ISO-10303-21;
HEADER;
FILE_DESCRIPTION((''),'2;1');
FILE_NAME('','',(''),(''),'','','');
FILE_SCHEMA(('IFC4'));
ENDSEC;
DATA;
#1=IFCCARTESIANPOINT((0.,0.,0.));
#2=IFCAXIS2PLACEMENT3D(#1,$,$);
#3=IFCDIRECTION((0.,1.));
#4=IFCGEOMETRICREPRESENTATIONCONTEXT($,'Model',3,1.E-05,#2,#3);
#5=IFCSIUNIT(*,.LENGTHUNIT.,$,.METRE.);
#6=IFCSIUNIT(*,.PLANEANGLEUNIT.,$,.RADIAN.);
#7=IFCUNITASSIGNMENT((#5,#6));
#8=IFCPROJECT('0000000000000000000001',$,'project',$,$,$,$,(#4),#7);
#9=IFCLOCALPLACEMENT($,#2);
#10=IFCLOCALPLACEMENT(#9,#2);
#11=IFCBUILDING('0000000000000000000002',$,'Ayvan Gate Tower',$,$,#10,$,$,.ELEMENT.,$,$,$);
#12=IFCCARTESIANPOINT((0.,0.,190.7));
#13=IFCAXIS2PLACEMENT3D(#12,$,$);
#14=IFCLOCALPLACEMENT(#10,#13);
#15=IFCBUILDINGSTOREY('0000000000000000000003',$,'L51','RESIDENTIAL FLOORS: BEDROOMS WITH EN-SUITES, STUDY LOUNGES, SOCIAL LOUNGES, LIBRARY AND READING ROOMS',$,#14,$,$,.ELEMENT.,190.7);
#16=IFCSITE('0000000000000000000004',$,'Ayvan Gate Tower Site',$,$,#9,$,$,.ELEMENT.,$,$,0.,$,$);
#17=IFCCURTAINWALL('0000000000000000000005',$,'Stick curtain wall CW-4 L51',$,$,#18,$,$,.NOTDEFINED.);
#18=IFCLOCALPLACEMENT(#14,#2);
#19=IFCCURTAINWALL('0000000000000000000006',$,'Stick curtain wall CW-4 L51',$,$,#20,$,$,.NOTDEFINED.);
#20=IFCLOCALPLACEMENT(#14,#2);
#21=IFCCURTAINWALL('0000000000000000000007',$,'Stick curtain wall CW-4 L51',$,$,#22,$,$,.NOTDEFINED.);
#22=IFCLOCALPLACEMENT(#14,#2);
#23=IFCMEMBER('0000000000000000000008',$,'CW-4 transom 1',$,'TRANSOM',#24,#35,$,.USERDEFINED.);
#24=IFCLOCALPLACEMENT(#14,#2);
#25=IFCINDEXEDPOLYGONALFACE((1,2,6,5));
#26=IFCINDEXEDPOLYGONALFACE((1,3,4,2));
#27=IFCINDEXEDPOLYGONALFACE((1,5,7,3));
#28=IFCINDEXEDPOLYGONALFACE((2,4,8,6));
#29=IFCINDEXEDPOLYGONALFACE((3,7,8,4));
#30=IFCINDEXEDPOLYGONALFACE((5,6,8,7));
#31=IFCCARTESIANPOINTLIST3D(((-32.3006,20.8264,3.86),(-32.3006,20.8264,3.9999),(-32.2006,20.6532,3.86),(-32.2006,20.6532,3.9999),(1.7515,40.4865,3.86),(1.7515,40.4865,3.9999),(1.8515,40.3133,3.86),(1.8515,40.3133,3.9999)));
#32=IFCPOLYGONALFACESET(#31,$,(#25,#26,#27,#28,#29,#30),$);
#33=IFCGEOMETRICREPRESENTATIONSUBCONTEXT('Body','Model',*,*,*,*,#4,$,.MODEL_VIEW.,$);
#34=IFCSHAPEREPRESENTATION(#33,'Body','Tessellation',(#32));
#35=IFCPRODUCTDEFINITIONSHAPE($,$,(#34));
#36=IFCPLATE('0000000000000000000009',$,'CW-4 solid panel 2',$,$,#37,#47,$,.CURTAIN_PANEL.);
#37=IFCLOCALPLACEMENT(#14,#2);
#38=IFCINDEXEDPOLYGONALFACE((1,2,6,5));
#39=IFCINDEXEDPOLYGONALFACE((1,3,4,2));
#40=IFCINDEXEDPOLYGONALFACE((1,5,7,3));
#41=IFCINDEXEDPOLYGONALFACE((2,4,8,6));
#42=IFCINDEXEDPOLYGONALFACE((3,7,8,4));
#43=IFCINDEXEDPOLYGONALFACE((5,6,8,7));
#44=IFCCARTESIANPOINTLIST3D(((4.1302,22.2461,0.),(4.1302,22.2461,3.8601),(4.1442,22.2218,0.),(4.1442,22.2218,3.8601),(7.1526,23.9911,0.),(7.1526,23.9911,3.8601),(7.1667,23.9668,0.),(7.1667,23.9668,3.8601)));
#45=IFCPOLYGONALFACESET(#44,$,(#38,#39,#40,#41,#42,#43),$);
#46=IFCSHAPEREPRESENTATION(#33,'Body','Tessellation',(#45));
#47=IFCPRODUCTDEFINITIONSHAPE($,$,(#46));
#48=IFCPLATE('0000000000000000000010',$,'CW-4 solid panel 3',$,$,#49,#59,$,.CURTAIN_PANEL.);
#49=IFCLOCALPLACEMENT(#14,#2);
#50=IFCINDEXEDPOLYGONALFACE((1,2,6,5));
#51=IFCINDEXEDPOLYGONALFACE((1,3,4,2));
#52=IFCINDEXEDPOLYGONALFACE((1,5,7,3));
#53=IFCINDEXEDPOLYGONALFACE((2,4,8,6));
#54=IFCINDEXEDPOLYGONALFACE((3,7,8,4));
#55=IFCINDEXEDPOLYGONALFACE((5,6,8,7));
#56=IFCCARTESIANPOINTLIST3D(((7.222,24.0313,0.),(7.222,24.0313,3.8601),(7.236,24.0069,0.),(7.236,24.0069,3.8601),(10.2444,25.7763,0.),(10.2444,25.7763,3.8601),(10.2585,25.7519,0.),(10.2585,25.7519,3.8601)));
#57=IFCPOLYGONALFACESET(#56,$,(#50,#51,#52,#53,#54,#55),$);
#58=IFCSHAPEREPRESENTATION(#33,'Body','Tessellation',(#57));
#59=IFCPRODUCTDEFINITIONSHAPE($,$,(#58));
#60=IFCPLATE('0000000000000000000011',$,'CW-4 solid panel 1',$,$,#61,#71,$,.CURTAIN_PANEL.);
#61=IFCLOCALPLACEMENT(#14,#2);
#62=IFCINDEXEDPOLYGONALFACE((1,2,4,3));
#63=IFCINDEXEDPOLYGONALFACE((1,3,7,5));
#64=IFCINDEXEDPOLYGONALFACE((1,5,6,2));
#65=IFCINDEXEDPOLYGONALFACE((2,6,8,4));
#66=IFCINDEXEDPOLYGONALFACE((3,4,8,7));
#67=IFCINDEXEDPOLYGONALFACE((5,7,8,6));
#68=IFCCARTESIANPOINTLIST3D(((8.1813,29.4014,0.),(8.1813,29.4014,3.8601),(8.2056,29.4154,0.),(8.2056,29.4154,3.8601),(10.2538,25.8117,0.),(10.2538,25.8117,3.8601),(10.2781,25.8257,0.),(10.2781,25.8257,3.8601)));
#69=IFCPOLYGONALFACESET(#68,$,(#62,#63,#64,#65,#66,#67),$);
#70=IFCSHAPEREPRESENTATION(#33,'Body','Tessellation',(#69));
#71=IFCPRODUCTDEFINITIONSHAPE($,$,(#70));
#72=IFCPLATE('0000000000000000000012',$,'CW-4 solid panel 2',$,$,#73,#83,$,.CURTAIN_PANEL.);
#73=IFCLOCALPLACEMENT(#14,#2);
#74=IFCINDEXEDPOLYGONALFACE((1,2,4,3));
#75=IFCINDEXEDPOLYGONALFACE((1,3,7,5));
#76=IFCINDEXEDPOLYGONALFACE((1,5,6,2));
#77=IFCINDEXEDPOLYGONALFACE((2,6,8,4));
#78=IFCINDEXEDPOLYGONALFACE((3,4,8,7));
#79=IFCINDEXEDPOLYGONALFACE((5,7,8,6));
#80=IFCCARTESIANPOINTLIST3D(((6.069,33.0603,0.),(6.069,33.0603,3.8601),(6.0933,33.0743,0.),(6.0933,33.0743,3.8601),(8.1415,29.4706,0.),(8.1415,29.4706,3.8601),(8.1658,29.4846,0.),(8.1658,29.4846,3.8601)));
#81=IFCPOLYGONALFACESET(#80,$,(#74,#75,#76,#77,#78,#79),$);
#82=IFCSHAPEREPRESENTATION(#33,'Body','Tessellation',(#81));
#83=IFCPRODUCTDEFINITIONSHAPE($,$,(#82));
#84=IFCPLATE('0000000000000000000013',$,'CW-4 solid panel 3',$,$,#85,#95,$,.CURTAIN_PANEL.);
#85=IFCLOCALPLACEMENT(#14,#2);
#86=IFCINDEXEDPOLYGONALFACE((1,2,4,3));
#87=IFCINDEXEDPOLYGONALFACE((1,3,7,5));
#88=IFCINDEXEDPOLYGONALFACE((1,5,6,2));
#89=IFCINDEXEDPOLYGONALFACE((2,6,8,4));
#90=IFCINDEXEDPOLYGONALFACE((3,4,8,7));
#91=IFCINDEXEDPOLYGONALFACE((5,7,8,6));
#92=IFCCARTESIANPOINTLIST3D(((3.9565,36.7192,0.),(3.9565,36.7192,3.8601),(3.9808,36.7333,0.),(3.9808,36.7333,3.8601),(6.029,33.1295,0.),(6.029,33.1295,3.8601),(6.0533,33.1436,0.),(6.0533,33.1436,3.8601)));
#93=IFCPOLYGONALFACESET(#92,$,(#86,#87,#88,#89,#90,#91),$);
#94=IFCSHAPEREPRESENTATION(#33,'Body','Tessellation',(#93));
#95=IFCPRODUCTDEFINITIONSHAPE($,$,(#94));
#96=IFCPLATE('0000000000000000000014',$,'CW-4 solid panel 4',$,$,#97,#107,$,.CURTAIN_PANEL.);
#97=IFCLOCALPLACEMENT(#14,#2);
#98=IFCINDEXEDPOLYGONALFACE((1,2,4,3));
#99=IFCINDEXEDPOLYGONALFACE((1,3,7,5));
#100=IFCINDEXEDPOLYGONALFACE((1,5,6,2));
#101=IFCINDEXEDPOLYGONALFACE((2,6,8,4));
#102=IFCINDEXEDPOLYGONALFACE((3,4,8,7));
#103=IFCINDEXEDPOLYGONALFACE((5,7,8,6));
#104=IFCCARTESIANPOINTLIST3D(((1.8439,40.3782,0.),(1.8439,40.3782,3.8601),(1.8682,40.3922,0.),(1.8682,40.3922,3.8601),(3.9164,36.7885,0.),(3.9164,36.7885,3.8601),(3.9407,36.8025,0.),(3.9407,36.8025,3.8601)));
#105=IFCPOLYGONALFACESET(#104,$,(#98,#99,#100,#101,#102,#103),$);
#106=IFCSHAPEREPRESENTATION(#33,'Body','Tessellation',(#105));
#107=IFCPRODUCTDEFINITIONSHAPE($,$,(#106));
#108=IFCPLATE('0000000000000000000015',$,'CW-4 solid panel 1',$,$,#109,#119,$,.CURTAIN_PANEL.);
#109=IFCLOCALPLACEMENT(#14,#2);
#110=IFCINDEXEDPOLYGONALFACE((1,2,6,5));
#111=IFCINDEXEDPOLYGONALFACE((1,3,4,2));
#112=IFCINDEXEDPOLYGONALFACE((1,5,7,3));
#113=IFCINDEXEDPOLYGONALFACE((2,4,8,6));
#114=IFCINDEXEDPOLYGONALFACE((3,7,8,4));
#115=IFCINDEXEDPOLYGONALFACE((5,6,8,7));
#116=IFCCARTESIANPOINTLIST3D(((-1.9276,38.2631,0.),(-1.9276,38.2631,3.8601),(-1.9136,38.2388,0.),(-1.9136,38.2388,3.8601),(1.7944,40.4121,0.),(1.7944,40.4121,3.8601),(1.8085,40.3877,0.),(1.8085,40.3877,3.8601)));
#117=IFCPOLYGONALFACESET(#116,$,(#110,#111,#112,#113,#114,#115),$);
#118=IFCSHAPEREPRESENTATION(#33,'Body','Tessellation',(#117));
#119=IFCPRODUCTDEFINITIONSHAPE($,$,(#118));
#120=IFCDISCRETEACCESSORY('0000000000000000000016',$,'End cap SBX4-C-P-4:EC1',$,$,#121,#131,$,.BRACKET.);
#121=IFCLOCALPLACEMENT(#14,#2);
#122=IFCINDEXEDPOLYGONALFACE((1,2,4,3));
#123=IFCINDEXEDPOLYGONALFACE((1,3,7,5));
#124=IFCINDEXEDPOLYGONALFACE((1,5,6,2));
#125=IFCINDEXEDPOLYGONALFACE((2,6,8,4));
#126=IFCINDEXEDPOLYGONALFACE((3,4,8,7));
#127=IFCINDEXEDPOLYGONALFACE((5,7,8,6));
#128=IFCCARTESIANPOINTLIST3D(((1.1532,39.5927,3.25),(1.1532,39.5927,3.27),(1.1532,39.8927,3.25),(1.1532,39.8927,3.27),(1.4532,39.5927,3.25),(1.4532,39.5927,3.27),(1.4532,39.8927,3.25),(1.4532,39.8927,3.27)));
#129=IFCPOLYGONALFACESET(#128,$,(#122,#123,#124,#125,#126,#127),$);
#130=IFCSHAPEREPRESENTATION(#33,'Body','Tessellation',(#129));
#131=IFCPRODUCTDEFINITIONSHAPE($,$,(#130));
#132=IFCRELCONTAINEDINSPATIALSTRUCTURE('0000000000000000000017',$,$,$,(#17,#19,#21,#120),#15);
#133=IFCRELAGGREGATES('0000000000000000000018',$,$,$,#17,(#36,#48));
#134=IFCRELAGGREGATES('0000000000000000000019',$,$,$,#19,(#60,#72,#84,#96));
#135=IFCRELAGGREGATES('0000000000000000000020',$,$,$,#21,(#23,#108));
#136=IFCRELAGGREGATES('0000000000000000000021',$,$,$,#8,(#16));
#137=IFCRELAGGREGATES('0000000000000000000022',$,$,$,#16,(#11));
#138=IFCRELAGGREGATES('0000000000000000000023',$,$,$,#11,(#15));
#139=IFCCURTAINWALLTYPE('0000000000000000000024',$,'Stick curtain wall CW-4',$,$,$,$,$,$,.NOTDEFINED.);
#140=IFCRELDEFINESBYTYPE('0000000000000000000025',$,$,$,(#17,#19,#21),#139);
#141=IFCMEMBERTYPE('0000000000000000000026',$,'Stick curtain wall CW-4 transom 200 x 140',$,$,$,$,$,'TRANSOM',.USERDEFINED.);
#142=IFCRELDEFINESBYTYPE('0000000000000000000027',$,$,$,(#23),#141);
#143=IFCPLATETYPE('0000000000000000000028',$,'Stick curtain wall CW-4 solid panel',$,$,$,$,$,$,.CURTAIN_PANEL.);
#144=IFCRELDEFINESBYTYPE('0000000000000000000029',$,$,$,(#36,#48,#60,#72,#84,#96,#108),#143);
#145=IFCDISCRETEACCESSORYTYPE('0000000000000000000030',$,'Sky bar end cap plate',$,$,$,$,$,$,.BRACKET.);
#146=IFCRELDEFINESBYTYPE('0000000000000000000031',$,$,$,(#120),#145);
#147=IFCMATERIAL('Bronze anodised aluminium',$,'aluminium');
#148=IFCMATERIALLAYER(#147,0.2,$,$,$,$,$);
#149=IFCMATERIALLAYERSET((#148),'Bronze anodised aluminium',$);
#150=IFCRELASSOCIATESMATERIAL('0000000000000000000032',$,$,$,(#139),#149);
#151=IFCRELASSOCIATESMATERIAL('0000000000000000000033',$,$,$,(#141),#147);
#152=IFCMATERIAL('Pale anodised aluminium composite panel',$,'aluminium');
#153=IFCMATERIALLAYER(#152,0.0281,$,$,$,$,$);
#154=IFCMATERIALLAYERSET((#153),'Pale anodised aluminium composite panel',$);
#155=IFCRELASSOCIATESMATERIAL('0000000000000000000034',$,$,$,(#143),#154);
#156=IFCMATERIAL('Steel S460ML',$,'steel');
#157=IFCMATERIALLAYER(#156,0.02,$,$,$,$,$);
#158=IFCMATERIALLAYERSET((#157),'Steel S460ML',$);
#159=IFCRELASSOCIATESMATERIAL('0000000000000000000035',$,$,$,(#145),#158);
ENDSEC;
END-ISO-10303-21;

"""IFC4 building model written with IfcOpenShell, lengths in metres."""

from ifc_helpers import new_model, si_unit, direction, frame, origin, origin_2d, place, context, subcontext, project, spatial, rectangle, extrude, material, layer, layer_set, material_profile, profile_set, type_object, element, aggregate, save


model = new_model("IFC4")

# Units and contexts
model_context = context("Model", 3, precision=1e-05, world=origin(), true_north=direction((0.0, 1.0)))
body_context = subcontext(model_context, "Body", "Model", "MODEL_VIEW")
ifc_project = project(units=[si_unit("LENGTHUNIT", "METRE"), si_unit("PLANEANGLEUNIT", "RADIAN")], contexts=[model_context])

# Site, building, storey
site_placement = place(None, origin())
site = spatial("IfcSite", under=ifc_project, at=site_placement, Name="Ayvan Gate Tower Site", CompositionType="ELEMENT", RefElevation=0.0)
building_placement = place(site_placement, origin())
building = spatial("IfcBuilding", under=site, at=building_placement, Name="Ayvan Gate Tower", CompositionType="ELEMENT")
storey_placement = place(building_placement, frame((0.0, 0.0, 190.7)))
storey = spatial("IfcBuildingStorey", under=building, at=storey_placement, Name="L51", Description="RESIDENTIAL FLOORS: BEDROOMS WITH EN-SUITES, STUDY LOUNGES, SOCIAL LOUNGES, LIBRARY AND READING ROOMS", CompositionType="ELEMENT", Elevation=190.7)

# Curtain walls
ifc_material_1 = material(Name="Bronze anodised aluminium", Category="aluminium")
ifc_layer_1 = layer(ifc_material_1, 0.2)
ifc_layer_set_1 = layer_set([ifc_layer_1], Name="Bronze anodised aluminium")
curtain_wall_type = type_object("IfcCurtainWallType", Name="Stick curtain wall CW-4", PredefinedType="NOTDEFINED", material=ifc_layer_set_1)
curtain_wall_1_placement = place(storey_placement, origin())
curtain_wall_1 = element("IfcCurtainWall", 1, at=curtain_wall_1_placement, inside=storey, type_object=curtain_wall_type, Name="Stick curtain wall CW-4 L51", PredefinedType="NOTDEFINED")
curtain_wall_2_placement = place(storey_placement, origin())
curtain_wall_2 = element("IfcCurtainWall", 2, at=curtain_wall_2_placement, inside=storey, type_object=curtain_wall_type, Name="Stick curtain wall CW-4 L51", PredefinedType="NOTDEFINED")

# Curtain wall
curtain_wall_3_placement = place(storey_placement, origin())
curtain_wall_3 = element("IfcCurtainWall", 3, at=curtain_wall_3_placement, inside=storey, type_object=curtain_wall_type, Name="Stick curtain wall CW-4 L51", PredefinedType="NOTDEFINED")

# Member
ifc_material_profile_1 = material_profile(ifc_material_1, rectangle(XDim=0.2, YDim=0.1399, at=origin_2d()), Name="Stick curtain wall CW-4 transom 200 x 140")
ifc_profile_set_1 = profile_set([ifc_material_profile_1], Name="Bronze anodised aluminium")
member_type_1 = type_object("IfcMemberType", Name="Stick curtain wall CW-4 transom 200 x 140", ElementType="TRANSOM", PredefinedType="USERDEFINED", material=ifc_profile_set_1)
member_1_placement = place(storey_placement, frame((1.8015, 40.3999, 3.9299), z_axis=(-0.866024, -0.500002, 0.0), x_axis=(0.500002, -0.866024, 0.0)))
member_1 = element("IfcMember", 4, at=member_1_placement, type_object=member_type_1, Name="CW-4 transom 1", ObjectType="TRANSOM", PredefinedType="USERDEFINED", context=body_context, shape_type="SweptSolid", body=[
    extrude(rectangle(XDim=0.2, YDim=0.1399, at=origin_2d()), origin(), (0.0, 0.0, 1.0), 39.3201),
])

# Plates
ifc_material_2 = material(Name="Pale anodised aluminium composite panel", Category="aluminium")
ifc_layer_2 = layer(ifc_material_2, 0.0281)
ifc_layer_set_2 = layer_set([ifc_layer_2], Name="Pale anodised aluminium composite panel")
plate_type = type_object("IfcPlateType", Name="Stick curtain wall CW-4 solid panel", PredefinedType="CURTAIN_PANEL", material=ifc_layer_set_2)
plate_1_placement = place(storey_placement, frame((5.6484, 23.1064, 0.0), z_axis=(0.0, 0.0, 1.0), x_axis=(0.866025, 0.5, 0.0)))
plate_1 = element("IfcPlate", 5, at=plate_1_placement, type_object=plate_type, Name="CW-4 solid panel 2", PredefinedType="CURTAIN_PANEL", context=body_context, shape_type="SweptSolid", body=[
    extrude(rectangle(XDim=3.49, YDim=0.0281, at=origin_2d()), origin(), (0.0, 0.0, 1.0), 3.8601),
])
plate_2_placement = place(storey_placement, frame((8.7402, 24.8916, 0.0), z_axis=(0.0, 0.0, 1.0), x_axis=(0.866025, 0.5, 0.0)))
plate_2 = element("IfcPlate", 6, at=plate_2_placement, type_object=plate_type, Name="CW-4 solid panel 3", PredefinedType="CURTAIN_PANEL", context=body_context, shape_type="SweptSolid", body=[
    extrude(rectangle(XDim=3.49, YDim=0.0281, at=origin_2d()), origin(), (0.0, 0.0, 1.0), 3.8601),
])
aggregate(curtain_wall_1, [plate_1, plate_2])
plate_3_placement = place(storey_placement, frame((9.2297, 27.6135, 0.0), z_axis=(0.0, 0.0, 1.0), x_axis=(-0.5, 0.866025, 0.0)))
plate_3 = element("IfcPlate", 7, at=plate_3_placement, type_object=plate_type, Name="CW-4 solid panel 1", PredefinedType="CURTAIN_PANEL", context=body_context, shape_type="SweptSolid", body=[
    extrude(rectangle(XDim=4.145, YDim=0.0281, at=origin_2d()), origin(), (0.0, 0.0, 1.0), 3.8601),
])
plate_4_placement = place(storey_placement, frame((7.1174, 31.2725, 0.0), z_axis=(0.0, 0.0, 1.0), x_axis=(-0.5, 0.866025, 0.0)))
plate_4 = element("IfcPlate", 8, at=plate_4_placement, type_object=plate_type, Name="CW-4 solid panel 2", PredefinedType="CURTAIN_PANEL", context=body_context, shape_type="SweptSolid", body=[
    extrude(rectangle(XDim=4.145, YDim=0.0281, at=origin_2d()), origin(), (0.0, 0.0, 1.0), 3.8601),
])
plate_5_placement = place(storey_placement, frame((5.0049, 34.9314, 0.0), z_axis=(0.0, 0.0, 1.0), x_axis=(-0.5, 0.866025, 0.0)))
plate_5 = element("IfcPlate", 9, at=plate_5_placement, type_object=plate_type, Name="CW-4 solid panel 3", PredefinedType="CURTAIN_PANEL", context=body_context, shape_type="SweptSolid", body=[
    extrude(rectangle(XDim=4.145, YDim=0.0281, at=origin_2d()), origin(), (0.0, 0.0, 1.0), 3.8601),
])
plate_6_placement = place(storey_placement, frame((2.8923, 38.5903, 0.0), z_axis=(0.0, 0.0, 1.0), x_axis=(-0.5, 0.866025, 0.0)))
plate_6 = element("IfcPlate", 10, at=plate_6_placement, type_object=plate_type, Name="CW-4 solid panel 4", PredefinedType="CURTAIN_PANEL", context=body_context, shape_type="SweptSolid", body=[
    extrude(rectangle(XDim=4.145, YDim=0.0281, at=origin_2d()), origin(), (0.0, 0.0, 1.0), 3.8601),
])
aggregate(curtain_wall_2, [plate_3, plate_4, plate_5, plate_6])
plate_7_placement = place(storey_placement, frame((-0.0596, 39.3254, 0.0), z_axis=(0.0, 0.0, 1.0), x_axis=(-0.866025, -0.5, 0.0)))
plate_7 = element("IfcPlate", 11, at=plate_7_placement, type_object=plate_type, Name="CW-4 solid panel 1", PredefinedType="CURTAIN_PANEL", context=body_context, shape_type="SweptSolid", body=[
    extrude(rectangle(XDim=4.2979, YDim=0.0281, at=origin_2d()), origin(), (0.0, 0.0, 1.0), 3.8601),
])
aggregate(curtain_wall_3, [member_1, plate_7])

# Discrete accessory
ifc_material_3 = material(Name="Steel S460ML", Category="steel")
ifc_layer_3 = layer(ifc_material_3, 0.02)
ifc_layer_set_3 = layer_set([ifc_layer_3], Name="Steel S460ML")
discrete_accessory_type = type_object("IfcDiscreteAccessoryType", Name="Sky bar end cap plate", PredefinedType="BRACKET", material=ifc_layer_set_3)
discrete_accessory_placement = place(storey_placement, frame((1.3032, 39.7427, 3.25), z_axis=(0.0, 0.0, 1.0), x_axis=(1.0, 0.0, 0.0)))
element("IfcDiscreteAccessory", 12, at=discrete_accessory_placement, inside=storey, type_object=discrete_accessory_type, Name="End cap SBX4-C-P-4:EC1", PredefinedType="BRACKET", context=body_context, shape_type="SweptSolid", body=[
    extrude(rectangle(XDim=0.3, YDim=0.3, at=origin_2d()), origin(), (0.0, 0.0, 1.0), 0.02),
])

save(model, "model.ifc")
